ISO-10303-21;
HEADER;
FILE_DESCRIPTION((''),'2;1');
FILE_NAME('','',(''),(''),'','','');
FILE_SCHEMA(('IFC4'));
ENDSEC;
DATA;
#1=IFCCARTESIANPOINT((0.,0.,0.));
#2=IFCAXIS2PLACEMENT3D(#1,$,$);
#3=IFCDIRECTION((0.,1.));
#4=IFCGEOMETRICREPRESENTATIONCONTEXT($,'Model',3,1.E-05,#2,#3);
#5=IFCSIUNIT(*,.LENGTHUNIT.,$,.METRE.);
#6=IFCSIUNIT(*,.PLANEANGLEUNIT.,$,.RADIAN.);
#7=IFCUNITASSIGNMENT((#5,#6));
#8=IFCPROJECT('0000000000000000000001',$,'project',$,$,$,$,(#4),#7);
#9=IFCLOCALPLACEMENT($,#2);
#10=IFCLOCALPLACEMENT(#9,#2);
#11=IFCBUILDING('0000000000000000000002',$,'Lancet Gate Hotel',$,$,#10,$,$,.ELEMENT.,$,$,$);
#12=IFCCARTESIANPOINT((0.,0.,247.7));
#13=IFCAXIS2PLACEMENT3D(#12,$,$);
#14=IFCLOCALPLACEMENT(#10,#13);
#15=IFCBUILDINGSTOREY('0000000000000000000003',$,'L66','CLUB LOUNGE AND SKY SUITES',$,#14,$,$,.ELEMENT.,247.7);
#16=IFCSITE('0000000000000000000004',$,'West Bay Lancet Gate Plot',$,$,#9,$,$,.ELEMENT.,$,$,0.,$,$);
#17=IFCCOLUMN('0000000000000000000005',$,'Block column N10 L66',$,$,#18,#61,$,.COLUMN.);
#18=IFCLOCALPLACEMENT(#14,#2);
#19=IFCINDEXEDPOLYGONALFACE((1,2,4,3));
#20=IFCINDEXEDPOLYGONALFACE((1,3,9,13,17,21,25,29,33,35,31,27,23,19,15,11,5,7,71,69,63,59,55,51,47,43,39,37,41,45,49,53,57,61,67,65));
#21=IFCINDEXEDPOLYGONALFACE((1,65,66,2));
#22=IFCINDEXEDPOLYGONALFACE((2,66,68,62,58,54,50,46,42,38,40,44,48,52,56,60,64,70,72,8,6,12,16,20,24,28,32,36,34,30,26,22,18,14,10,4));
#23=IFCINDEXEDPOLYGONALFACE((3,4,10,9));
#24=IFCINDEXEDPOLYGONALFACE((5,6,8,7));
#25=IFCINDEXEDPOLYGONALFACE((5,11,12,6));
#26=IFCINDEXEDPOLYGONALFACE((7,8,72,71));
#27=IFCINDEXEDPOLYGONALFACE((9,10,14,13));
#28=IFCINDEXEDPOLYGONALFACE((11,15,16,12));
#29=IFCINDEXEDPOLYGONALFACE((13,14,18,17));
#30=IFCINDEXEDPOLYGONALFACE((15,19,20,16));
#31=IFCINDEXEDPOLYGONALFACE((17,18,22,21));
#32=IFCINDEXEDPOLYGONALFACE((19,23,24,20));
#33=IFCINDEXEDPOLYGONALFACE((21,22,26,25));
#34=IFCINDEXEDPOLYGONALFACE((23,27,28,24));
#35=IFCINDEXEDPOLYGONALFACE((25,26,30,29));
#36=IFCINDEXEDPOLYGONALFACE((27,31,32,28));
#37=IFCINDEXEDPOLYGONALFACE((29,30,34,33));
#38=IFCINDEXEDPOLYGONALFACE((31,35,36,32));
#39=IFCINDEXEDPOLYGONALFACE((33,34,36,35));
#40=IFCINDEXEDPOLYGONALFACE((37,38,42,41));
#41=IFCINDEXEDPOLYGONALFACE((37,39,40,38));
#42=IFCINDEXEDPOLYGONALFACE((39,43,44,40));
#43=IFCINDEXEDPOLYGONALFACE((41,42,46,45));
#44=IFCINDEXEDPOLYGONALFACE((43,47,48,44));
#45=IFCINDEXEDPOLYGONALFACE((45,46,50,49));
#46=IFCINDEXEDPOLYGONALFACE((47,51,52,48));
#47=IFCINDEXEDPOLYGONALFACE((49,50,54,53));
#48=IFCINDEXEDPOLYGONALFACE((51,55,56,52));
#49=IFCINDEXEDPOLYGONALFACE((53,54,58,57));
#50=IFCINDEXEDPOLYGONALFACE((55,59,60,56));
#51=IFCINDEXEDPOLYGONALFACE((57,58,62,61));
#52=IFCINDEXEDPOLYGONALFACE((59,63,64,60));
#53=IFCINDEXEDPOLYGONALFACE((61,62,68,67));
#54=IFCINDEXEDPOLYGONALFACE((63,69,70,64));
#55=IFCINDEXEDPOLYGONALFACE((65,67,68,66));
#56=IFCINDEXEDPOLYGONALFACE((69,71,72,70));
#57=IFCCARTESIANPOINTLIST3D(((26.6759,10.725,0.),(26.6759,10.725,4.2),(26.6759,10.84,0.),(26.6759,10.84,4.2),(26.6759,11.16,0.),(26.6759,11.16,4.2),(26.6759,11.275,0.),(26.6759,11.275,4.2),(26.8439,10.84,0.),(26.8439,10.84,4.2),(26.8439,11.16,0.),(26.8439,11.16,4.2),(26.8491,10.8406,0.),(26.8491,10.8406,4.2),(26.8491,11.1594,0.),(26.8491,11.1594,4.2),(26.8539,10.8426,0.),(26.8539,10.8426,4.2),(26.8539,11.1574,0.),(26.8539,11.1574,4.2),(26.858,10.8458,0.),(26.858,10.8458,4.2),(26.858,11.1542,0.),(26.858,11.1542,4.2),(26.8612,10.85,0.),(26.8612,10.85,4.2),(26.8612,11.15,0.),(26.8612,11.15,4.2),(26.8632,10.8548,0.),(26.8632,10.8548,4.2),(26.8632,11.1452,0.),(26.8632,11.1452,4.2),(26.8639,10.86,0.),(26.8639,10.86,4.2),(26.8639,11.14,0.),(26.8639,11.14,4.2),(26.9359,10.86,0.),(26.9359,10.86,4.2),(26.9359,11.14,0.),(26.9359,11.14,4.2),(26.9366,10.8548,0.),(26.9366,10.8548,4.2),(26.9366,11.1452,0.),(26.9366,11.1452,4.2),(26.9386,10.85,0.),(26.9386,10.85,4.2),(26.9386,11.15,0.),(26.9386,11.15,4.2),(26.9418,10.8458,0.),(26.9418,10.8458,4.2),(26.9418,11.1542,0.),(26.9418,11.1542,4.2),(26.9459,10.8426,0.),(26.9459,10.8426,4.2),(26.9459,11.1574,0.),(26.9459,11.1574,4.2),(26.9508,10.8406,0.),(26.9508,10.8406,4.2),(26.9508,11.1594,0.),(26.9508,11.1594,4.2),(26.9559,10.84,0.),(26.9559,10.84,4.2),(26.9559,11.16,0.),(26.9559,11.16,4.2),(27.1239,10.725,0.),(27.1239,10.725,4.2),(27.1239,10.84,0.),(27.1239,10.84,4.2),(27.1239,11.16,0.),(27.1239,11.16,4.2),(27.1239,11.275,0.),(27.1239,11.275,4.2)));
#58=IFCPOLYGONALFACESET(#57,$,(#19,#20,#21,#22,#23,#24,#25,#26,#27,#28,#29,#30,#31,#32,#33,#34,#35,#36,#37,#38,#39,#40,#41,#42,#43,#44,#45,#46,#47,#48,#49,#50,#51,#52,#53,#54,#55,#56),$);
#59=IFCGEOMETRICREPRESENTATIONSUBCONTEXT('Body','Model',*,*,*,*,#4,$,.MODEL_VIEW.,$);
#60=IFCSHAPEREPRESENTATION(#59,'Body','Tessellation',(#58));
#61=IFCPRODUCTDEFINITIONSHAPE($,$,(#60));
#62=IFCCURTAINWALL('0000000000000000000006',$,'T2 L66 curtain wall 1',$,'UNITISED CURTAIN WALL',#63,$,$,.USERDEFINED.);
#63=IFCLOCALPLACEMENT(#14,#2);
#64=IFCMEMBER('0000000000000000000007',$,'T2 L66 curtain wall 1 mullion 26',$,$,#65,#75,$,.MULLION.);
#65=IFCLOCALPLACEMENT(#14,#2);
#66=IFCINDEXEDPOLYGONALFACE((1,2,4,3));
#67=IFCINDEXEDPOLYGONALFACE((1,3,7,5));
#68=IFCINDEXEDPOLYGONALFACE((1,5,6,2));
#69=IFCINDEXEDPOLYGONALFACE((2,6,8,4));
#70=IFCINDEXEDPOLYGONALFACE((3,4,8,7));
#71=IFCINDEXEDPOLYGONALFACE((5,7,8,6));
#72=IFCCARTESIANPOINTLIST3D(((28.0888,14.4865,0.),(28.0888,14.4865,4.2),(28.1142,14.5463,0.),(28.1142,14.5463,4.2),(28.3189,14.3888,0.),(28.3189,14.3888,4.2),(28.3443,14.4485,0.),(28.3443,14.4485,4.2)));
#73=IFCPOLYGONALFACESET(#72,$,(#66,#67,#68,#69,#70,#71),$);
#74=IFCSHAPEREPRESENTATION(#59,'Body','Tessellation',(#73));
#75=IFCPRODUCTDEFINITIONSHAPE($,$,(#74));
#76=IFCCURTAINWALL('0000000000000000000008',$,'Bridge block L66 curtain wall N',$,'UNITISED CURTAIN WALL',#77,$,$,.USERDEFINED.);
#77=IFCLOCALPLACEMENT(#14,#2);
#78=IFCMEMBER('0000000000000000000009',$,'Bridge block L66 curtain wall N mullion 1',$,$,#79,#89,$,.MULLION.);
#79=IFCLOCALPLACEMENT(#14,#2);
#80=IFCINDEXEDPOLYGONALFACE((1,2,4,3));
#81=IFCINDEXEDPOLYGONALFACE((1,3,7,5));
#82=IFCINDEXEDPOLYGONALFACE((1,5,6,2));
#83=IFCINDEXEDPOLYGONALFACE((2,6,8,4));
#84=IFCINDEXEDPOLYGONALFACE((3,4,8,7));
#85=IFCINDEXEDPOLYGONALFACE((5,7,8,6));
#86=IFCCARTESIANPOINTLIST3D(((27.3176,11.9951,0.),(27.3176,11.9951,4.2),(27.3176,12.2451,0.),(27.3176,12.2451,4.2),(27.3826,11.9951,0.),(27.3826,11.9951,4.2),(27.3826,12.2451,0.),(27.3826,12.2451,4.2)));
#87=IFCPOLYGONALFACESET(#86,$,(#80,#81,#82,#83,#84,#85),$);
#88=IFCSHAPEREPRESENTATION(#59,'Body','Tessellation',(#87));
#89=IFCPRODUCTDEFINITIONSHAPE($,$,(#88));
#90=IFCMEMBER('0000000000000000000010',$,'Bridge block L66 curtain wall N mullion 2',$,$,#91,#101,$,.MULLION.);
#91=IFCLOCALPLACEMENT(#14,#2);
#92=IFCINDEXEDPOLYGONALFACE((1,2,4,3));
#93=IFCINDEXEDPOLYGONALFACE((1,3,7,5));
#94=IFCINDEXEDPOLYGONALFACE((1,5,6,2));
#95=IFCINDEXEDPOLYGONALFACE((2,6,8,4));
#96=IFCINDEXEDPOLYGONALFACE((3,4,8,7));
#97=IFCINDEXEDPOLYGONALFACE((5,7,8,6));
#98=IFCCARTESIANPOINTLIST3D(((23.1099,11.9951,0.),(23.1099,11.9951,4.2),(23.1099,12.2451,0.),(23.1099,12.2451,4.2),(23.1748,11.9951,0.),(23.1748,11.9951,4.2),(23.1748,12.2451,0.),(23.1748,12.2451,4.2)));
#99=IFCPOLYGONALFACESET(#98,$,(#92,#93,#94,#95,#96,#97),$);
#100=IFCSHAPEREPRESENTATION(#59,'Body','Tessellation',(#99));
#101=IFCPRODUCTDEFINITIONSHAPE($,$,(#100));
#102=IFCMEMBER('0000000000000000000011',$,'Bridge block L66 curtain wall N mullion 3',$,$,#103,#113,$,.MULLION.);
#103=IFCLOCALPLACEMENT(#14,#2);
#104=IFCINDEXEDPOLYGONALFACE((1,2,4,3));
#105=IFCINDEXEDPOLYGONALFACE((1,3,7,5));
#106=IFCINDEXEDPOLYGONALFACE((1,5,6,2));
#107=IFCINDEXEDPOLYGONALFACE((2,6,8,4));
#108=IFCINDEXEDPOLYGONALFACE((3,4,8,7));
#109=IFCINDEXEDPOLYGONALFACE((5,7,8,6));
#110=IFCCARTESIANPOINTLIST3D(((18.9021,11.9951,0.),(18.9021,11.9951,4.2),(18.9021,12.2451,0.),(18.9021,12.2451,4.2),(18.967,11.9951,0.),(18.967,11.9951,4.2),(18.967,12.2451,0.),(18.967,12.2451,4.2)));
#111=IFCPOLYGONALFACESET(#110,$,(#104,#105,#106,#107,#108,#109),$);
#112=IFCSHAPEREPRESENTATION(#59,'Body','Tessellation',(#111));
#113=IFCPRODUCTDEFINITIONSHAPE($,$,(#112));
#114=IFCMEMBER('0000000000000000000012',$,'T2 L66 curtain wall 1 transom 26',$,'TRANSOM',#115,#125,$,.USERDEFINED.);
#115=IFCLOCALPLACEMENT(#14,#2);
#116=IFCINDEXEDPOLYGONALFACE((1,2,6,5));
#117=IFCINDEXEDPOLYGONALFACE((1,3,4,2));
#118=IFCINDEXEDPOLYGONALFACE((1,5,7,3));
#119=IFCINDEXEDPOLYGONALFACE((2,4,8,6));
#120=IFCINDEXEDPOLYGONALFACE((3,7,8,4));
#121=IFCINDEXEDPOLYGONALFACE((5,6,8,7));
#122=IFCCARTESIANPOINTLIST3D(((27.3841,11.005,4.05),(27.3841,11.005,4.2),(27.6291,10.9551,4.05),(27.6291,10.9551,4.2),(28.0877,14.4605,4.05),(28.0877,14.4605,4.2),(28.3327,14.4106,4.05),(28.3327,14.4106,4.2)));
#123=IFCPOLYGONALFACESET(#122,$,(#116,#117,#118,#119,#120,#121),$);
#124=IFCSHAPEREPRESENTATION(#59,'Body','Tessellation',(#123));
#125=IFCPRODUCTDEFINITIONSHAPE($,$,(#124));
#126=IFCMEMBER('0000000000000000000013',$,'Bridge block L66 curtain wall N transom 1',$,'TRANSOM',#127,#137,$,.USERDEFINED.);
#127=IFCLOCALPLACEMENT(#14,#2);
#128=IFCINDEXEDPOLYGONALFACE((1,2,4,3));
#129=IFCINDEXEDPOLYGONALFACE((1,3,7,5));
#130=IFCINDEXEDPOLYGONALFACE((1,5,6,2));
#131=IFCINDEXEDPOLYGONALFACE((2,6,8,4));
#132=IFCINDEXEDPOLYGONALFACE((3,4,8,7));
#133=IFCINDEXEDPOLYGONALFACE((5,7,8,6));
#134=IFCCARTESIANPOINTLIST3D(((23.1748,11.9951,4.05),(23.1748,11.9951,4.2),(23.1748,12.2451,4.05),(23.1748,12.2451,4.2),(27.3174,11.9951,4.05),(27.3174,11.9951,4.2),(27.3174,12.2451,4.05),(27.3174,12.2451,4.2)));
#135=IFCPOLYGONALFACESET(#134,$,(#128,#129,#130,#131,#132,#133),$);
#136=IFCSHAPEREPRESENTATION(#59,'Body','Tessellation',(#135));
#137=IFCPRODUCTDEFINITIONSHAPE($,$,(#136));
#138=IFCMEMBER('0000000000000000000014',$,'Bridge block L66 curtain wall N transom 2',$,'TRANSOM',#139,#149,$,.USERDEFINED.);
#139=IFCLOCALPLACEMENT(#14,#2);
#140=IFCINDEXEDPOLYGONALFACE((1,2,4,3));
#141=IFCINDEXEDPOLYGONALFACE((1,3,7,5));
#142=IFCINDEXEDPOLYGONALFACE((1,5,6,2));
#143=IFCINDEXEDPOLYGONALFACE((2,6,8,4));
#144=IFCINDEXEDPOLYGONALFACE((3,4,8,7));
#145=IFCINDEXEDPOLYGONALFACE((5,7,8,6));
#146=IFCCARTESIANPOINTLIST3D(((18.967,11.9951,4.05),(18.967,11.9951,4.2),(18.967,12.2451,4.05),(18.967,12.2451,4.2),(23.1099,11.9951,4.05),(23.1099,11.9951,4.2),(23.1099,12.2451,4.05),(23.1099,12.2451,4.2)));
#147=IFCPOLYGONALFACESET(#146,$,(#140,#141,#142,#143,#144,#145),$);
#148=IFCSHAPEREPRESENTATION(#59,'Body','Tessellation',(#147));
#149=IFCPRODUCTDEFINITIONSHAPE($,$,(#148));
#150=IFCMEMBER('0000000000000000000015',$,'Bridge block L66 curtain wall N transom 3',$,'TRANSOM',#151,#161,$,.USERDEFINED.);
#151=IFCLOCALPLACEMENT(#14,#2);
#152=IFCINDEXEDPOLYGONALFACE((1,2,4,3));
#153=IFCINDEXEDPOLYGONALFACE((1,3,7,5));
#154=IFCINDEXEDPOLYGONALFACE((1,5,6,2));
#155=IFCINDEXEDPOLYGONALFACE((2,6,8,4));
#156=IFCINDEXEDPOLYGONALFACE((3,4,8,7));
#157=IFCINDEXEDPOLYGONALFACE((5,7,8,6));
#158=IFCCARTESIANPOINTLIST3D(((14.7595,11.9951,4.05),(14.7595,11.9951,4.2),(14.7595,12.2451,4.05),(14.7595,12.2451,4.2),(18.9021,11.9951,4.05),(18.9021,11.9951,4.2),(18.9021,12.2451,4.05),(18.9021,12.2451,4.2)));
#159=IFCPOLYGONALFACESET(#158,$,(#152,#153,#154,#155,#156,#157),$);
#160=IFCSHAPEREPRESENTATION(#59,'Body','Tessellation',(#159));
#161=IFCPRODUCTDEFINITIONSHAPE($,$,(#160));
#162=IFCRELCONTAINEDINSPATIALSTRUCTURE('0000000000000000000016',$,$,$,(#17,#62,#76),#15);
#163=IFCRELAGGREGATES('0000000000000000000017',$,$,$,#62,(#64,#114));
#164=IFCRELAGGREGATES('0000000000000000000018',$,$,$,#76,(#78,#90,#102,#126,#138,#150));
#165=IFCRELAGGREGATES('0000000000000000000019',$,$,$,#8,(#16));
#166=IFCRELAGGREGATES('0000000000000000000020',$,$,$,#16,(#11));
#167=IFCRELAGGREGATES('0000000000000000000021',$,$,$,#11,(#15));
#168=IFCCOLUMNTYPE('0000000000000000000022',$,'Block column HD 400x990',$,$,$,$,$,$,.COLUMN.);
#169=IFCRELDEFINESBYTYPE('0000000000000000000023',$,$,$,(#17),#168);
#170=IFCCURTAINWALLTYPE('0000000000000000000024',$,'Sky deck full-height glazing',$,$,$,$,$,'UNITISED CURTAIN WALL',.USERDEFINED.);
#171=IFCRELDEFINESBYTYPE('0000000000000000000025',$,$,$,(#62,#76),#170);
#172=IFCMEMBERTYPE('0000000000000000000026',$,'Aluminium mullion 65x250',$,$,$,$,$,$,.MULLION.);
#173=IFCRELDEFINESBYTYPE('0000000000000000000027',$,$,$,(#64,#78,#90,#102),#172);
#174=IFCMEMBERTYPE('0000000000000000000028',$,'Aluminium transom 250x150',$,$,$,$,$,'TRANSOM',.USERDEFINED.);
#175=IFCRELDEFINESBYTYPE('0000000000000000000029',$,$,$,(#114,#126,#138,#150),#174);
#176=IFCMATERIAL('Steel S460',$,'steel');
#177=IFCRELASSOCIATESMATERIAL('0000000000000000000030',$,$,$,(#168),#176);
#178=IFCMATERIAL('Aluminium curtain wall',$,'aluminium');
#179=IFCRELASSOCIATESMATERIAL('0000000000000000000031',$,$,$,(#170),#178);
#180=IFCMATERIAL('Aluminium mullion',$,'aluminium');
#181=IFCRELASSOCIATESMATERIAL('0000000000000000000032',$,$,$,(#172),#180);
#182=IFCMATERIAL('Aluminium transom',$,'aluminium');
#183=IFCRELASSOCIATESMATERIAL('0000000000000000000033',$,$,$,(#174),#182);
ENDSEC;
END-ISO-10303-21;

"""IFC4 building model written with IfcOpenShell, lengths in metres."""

from ifc_helpers import new_model, si_unit, direction, frame, origin, origin_2d, place, context, subcontext, project, spatial, rectangle, i_section, extrude, material, material_profile, profile_set, type_object, element, aggregate, save


model = new_model("IFC4")

# Units and contexts
model_context = context("Model", 3, precision=1e-05, world=origin(), true_north=direction((0.0, 1.0)))
body_context = subcontext(model_context, "Body", "Model", "MODEL_VIEW")
ifc_project = project(units=[si_unit("LENGTHUNIT", "METRE"), si_unit("PLANEANGLEUNIT", "RADIAN")], contexts=[model_context])

# Site, building, storey
site_placement = place(None, origin())
site = spatial("IfcSite", under=ifc_project, at=site_placement, Name="West Bay Lancet Gate Plot", CompositionType="ELEMENT", RefElevation=0.0)
building_placement = place(site_placement, origin())
building = spatial("IfcBuilding", under=site, at=building_placement, Name="Lancet Gate Hotel", CompositionType="ELEMENT")
storey_placement = place(building_placement, frame((0.0, 0.0, 247.7)))
storey = spatial("IfcBuildingStorey", under=building, at=storey_placement, Name="L66", Description="CLUB LOUNGE AND SKY SUITES", CompositionType="ELEMENT", Elevation=247.7)

# Column
ifc_material_1 = material(Name="Steel S460", Category="steel")
ifc_material_profile_1 = material_profile(ifc_material_1, i_section(OverallWidth=0.448, OverallDepth=0.55, WebThickness=0.072, FlangeThickness=0.115, FilletRadius=0.02, at=origin_2d()), Name="HD 400x990")
ifc_profile_set_1 = profile_set([ifc_material_profile_1], Name="Steel S460")
column_type = type_object("IfcColumnType", Name="Block column HD 400x990", PredefinedType="COLUMN", material=ifc_profile_set_1)
column_placement = place(storey_placement, frame((26.8999, 11.0, 0.0), z_axis=(0.0, 0.0, 1.0), x_axis=(1.0, 0.0, 0.0)))
element("IfcColumn", 1, at=column_placement, inside=storey, type_object=column_type, Name="Block column N10 L66", PredefinedType="COLUMN", context=body_context, shape_type="SweptSolid", body=[
    extrude(i_section(OverallWidth=0.448, OverallDepth=0.55, WebThickness=0.072, FlangeThickness=0.115, FilletRadius=0.02, at=origin_2d()), origin(), (0.0, 0.0, 1.0), 4.2),
])

# Curtain wall, member
ifc_material_2 = material(Name="Aluminium curtain wall", Category="aluminium")
curtain_wall_type = type_object("IfcCurtainWallType", Name="Sky deck full-height glazing", ElementType="UNITISED CURTAIN WALL", PredefinedType="USERDEFINED", material=ifc_material_2)
curtain_wall_1_placement = place(storey_placement, origin())
curtain_wall_1 = element("IfcCurtainWall", 2, at=curtain_wall_1_placement, inside=storey, type_object=curtain_wall_type, Name="T2 L66 curtain wall 1", ObjectType="UNITISED CURTAIN WALL", PredefinedType="USERDEFINED")
ifc_material_3 = material(Name="Aluminium mullion", Category="aluminium")
ifc_material_profile_2 = material_profile(ifc_material_3, rectangle(XDim=0.0649, YDim=0.25, at=origin_2d()), Name="MULLION 65x250")
ifc_profile_set_2 = profile_set([ifc_material_profile_2], Name="Aluminium mullion")
member_type_1 = type_object("IfcMemberType", Name="Aluminium mullion 65x250", PredefinedType="MULLION", material=ifc_profile_set_2)
member_1_placement = place(storey_placement, frame((28.2166, 14.4675, 0.0), z_axis=(0.0, 0.0, 1.0), x_axis=(-0.391042, -0.920373, 0.0)))
member_1 = element("IfcMember", 3, at=member_1_placement, type_object=member_type_1, Name="T2 L66 curtain wall 1 mullion 26", PredefinedType="MULLION", context=body_context, shape_type="SweptSolid", body=[
    extrude(rectangle(XDim=0.0649, YDim=0.25, at=origin_2d()), origin(), (0.0, 0.0, 1.0), 4.2),
])

# Curtain wall, members
curtain_wall_2_placement = place(storey_placement, origin())
curtain_wall_2 = element("IfcCurtainWall", 4, at=curtain_wall_2_placement, inside=storey, type_object=curtain_wall_type, Name="Bridge block L66 curtain wall N", ObjectType="UNITISED CURTAIN WALL", PredefinedType="USERDEFINED")
member_2_placement = place(storey_placement, frame((27.3501, 12.1201, 0.0), z_axis=(0.0, 0.0, 1.0), x_axis=(-1.0, 0.0, 0.0)))
member_2 = element("IfcMember", 5, at=member_2_placement, type_object=member_type_1, Name="Bridge block L66 curtain wall N mullion 1", PredefinedType="MULLION", context=body_context, shape_type="SweptSolid", body=[
    extrude(rectangle(XDim=0.0649, YDim=0.25, at=origin_2d()), origin(), (0.0, 0.0, 1.0), 4.2),
])
member_3_placement = place(storey_placement, frame((23.1423, 12.1201, 0.0), z_axis=(0.0, 0.0, 1.0), x_axis=(-1.0, 0.0, 0.0)))
member_3 = element("IfcMember", 6, at=member_3_placement, type_object=member_type_1, Name="Bridge block L66 curtain wall N mullion 2", PredefinedType="MULLION", context=body_context, shape_type="SweptSolid", body=[
    extrude(rectangle(XDim=0.0649, YDim=0.25, at=origin_2d()), origin(), (0.0, 0.0, 1.0), 4.2),
])
member_4_placement = place(storey_placement, frame((18.9346, 12.1201, 0.0), z_axis=(0.0, 0.0, 1.0), x_axis=(-1.0, 0.0, 0.0)))
member_4 = element("IfcMember", 7, at=member_4_placement, type_object=member_type_1, Name="Bridge block L66 curtain wall N mullion 3", PredefinedType="MULLION", context=body_context, shape_type="SweptSolid", body=[
    extrude(rectangle(XDim=0.0649, YDim=0.25, at=origin_2d()), origin(), (0.0, 0.0, 1.0), 4.2),
])

# Members
ifc_material_4 = material(Name="Aluminium transom", Category="aluminium")
ifc_material_profile_3 = material_profile(ifc_material_4, rectangle(XDim=0.25, YDim=0.1499, at=origin_2d()), Name="TRANSOM 250x150")
ifc_profile_set_3 = profile_set([ifc_material_profile_3], Name="Aluminium transom")
member_type_2 = type_object("IfcMemberType", Name="Aluminium transom 250x150", ElementType="TRANSOM", PredefinedType="USERDEFINED", material=ifc_profile_set_3)
member_5_placement = place(storey_placement, frame((28.2102, 14.4355, 4.125), z_axis=(-0.199523, -0.979893, 0.0), x_axis=(0.979893, -0.199523, 0.0)))
member_5 = element("IfcMember", 8, at=member_5_placement, type_object=member_type_2, Name="T2 L66 curtain wall 1 transom 26", ObjectType="TRANSOM", PredefinedType="USERDEFINED", context=body_context, shape_type="SweptSolid", body=[
    extrude(rectangle(XDim=0.25, YDim=0.1499, at=origin_2d()), origin(), (0.0, 0.0, 1.0), 3.5264),
])
member_6_placement = place(storey_placement, frame((27.3174, 12.1201, 4.125), z_axis=(-1.0, 0.0, 0.0), x_axis=(0.0, -1.0, 0.0)))
member_6 = element("IfcMember", 9, at=member_6_placement, type_object=member_type_2, Name="Bridge block L66 curtain wall N transom 1", ObjectType="TRANSOM", PredefinedType="USERDEFINED", context=body_context, shape_type="SweptSolid", body=[
    extrude(rectangle(XDim=0.25, YDim=0.1499, at=origin_2d()), origin(), (0.0, 0.0, 1.0), 4.1426),
])
member_7_placement = place(storey_placement, frame((23.1099, 12.1201, 4.125), z_axis=(-1.0, 0.0, 0.0), x_axis=(0.0, -1.0, 0.0)))
member_7 = element("IfcMember", 10, at=member_7_placement, type_object=member_type_2, Name="Bridge block L66 curtain wall N transom 2", ObjectType="TRANSOM", PredefinedType="USERDEFINED", context=body_context, shape_type="SweptSolid", body=[
    extrude(rectangle(XDim=0.25, YDim=0.1499, at=origin_2d()), origin(), (0.0, 0.0, 1.0), 4.1428),
])
member_8_placement = place(storey_placement, frame((18.9021, 12.1201, 4.125), z_axis=(-1.0, 0.0, 0.0), x_axis=(0.0, -1.0, 0.0)))
member_8 = element("IfcMember", 11, at=member_8_placement, type_object=member_type_2, Name="Bridge block L66 curtain wall N transom 3", ObjectType="TRANSOM", PredefinedType="USERDEFINED", context=body_context, shape_type="SweptSolid", body=[
    extrude(rectangle(XDim=0.25, YDim=0.1499, at=origin_2d()), origin(), (0.0, 0.0, 1.0), 4.1426),
])

aggregate(curtain_wall_1, [member_1, member_5])
aggregate(curtain_wall_2, [member_2, member_3, member_4, member_6, member_7, member_8])

save(model, "model.ifc")
